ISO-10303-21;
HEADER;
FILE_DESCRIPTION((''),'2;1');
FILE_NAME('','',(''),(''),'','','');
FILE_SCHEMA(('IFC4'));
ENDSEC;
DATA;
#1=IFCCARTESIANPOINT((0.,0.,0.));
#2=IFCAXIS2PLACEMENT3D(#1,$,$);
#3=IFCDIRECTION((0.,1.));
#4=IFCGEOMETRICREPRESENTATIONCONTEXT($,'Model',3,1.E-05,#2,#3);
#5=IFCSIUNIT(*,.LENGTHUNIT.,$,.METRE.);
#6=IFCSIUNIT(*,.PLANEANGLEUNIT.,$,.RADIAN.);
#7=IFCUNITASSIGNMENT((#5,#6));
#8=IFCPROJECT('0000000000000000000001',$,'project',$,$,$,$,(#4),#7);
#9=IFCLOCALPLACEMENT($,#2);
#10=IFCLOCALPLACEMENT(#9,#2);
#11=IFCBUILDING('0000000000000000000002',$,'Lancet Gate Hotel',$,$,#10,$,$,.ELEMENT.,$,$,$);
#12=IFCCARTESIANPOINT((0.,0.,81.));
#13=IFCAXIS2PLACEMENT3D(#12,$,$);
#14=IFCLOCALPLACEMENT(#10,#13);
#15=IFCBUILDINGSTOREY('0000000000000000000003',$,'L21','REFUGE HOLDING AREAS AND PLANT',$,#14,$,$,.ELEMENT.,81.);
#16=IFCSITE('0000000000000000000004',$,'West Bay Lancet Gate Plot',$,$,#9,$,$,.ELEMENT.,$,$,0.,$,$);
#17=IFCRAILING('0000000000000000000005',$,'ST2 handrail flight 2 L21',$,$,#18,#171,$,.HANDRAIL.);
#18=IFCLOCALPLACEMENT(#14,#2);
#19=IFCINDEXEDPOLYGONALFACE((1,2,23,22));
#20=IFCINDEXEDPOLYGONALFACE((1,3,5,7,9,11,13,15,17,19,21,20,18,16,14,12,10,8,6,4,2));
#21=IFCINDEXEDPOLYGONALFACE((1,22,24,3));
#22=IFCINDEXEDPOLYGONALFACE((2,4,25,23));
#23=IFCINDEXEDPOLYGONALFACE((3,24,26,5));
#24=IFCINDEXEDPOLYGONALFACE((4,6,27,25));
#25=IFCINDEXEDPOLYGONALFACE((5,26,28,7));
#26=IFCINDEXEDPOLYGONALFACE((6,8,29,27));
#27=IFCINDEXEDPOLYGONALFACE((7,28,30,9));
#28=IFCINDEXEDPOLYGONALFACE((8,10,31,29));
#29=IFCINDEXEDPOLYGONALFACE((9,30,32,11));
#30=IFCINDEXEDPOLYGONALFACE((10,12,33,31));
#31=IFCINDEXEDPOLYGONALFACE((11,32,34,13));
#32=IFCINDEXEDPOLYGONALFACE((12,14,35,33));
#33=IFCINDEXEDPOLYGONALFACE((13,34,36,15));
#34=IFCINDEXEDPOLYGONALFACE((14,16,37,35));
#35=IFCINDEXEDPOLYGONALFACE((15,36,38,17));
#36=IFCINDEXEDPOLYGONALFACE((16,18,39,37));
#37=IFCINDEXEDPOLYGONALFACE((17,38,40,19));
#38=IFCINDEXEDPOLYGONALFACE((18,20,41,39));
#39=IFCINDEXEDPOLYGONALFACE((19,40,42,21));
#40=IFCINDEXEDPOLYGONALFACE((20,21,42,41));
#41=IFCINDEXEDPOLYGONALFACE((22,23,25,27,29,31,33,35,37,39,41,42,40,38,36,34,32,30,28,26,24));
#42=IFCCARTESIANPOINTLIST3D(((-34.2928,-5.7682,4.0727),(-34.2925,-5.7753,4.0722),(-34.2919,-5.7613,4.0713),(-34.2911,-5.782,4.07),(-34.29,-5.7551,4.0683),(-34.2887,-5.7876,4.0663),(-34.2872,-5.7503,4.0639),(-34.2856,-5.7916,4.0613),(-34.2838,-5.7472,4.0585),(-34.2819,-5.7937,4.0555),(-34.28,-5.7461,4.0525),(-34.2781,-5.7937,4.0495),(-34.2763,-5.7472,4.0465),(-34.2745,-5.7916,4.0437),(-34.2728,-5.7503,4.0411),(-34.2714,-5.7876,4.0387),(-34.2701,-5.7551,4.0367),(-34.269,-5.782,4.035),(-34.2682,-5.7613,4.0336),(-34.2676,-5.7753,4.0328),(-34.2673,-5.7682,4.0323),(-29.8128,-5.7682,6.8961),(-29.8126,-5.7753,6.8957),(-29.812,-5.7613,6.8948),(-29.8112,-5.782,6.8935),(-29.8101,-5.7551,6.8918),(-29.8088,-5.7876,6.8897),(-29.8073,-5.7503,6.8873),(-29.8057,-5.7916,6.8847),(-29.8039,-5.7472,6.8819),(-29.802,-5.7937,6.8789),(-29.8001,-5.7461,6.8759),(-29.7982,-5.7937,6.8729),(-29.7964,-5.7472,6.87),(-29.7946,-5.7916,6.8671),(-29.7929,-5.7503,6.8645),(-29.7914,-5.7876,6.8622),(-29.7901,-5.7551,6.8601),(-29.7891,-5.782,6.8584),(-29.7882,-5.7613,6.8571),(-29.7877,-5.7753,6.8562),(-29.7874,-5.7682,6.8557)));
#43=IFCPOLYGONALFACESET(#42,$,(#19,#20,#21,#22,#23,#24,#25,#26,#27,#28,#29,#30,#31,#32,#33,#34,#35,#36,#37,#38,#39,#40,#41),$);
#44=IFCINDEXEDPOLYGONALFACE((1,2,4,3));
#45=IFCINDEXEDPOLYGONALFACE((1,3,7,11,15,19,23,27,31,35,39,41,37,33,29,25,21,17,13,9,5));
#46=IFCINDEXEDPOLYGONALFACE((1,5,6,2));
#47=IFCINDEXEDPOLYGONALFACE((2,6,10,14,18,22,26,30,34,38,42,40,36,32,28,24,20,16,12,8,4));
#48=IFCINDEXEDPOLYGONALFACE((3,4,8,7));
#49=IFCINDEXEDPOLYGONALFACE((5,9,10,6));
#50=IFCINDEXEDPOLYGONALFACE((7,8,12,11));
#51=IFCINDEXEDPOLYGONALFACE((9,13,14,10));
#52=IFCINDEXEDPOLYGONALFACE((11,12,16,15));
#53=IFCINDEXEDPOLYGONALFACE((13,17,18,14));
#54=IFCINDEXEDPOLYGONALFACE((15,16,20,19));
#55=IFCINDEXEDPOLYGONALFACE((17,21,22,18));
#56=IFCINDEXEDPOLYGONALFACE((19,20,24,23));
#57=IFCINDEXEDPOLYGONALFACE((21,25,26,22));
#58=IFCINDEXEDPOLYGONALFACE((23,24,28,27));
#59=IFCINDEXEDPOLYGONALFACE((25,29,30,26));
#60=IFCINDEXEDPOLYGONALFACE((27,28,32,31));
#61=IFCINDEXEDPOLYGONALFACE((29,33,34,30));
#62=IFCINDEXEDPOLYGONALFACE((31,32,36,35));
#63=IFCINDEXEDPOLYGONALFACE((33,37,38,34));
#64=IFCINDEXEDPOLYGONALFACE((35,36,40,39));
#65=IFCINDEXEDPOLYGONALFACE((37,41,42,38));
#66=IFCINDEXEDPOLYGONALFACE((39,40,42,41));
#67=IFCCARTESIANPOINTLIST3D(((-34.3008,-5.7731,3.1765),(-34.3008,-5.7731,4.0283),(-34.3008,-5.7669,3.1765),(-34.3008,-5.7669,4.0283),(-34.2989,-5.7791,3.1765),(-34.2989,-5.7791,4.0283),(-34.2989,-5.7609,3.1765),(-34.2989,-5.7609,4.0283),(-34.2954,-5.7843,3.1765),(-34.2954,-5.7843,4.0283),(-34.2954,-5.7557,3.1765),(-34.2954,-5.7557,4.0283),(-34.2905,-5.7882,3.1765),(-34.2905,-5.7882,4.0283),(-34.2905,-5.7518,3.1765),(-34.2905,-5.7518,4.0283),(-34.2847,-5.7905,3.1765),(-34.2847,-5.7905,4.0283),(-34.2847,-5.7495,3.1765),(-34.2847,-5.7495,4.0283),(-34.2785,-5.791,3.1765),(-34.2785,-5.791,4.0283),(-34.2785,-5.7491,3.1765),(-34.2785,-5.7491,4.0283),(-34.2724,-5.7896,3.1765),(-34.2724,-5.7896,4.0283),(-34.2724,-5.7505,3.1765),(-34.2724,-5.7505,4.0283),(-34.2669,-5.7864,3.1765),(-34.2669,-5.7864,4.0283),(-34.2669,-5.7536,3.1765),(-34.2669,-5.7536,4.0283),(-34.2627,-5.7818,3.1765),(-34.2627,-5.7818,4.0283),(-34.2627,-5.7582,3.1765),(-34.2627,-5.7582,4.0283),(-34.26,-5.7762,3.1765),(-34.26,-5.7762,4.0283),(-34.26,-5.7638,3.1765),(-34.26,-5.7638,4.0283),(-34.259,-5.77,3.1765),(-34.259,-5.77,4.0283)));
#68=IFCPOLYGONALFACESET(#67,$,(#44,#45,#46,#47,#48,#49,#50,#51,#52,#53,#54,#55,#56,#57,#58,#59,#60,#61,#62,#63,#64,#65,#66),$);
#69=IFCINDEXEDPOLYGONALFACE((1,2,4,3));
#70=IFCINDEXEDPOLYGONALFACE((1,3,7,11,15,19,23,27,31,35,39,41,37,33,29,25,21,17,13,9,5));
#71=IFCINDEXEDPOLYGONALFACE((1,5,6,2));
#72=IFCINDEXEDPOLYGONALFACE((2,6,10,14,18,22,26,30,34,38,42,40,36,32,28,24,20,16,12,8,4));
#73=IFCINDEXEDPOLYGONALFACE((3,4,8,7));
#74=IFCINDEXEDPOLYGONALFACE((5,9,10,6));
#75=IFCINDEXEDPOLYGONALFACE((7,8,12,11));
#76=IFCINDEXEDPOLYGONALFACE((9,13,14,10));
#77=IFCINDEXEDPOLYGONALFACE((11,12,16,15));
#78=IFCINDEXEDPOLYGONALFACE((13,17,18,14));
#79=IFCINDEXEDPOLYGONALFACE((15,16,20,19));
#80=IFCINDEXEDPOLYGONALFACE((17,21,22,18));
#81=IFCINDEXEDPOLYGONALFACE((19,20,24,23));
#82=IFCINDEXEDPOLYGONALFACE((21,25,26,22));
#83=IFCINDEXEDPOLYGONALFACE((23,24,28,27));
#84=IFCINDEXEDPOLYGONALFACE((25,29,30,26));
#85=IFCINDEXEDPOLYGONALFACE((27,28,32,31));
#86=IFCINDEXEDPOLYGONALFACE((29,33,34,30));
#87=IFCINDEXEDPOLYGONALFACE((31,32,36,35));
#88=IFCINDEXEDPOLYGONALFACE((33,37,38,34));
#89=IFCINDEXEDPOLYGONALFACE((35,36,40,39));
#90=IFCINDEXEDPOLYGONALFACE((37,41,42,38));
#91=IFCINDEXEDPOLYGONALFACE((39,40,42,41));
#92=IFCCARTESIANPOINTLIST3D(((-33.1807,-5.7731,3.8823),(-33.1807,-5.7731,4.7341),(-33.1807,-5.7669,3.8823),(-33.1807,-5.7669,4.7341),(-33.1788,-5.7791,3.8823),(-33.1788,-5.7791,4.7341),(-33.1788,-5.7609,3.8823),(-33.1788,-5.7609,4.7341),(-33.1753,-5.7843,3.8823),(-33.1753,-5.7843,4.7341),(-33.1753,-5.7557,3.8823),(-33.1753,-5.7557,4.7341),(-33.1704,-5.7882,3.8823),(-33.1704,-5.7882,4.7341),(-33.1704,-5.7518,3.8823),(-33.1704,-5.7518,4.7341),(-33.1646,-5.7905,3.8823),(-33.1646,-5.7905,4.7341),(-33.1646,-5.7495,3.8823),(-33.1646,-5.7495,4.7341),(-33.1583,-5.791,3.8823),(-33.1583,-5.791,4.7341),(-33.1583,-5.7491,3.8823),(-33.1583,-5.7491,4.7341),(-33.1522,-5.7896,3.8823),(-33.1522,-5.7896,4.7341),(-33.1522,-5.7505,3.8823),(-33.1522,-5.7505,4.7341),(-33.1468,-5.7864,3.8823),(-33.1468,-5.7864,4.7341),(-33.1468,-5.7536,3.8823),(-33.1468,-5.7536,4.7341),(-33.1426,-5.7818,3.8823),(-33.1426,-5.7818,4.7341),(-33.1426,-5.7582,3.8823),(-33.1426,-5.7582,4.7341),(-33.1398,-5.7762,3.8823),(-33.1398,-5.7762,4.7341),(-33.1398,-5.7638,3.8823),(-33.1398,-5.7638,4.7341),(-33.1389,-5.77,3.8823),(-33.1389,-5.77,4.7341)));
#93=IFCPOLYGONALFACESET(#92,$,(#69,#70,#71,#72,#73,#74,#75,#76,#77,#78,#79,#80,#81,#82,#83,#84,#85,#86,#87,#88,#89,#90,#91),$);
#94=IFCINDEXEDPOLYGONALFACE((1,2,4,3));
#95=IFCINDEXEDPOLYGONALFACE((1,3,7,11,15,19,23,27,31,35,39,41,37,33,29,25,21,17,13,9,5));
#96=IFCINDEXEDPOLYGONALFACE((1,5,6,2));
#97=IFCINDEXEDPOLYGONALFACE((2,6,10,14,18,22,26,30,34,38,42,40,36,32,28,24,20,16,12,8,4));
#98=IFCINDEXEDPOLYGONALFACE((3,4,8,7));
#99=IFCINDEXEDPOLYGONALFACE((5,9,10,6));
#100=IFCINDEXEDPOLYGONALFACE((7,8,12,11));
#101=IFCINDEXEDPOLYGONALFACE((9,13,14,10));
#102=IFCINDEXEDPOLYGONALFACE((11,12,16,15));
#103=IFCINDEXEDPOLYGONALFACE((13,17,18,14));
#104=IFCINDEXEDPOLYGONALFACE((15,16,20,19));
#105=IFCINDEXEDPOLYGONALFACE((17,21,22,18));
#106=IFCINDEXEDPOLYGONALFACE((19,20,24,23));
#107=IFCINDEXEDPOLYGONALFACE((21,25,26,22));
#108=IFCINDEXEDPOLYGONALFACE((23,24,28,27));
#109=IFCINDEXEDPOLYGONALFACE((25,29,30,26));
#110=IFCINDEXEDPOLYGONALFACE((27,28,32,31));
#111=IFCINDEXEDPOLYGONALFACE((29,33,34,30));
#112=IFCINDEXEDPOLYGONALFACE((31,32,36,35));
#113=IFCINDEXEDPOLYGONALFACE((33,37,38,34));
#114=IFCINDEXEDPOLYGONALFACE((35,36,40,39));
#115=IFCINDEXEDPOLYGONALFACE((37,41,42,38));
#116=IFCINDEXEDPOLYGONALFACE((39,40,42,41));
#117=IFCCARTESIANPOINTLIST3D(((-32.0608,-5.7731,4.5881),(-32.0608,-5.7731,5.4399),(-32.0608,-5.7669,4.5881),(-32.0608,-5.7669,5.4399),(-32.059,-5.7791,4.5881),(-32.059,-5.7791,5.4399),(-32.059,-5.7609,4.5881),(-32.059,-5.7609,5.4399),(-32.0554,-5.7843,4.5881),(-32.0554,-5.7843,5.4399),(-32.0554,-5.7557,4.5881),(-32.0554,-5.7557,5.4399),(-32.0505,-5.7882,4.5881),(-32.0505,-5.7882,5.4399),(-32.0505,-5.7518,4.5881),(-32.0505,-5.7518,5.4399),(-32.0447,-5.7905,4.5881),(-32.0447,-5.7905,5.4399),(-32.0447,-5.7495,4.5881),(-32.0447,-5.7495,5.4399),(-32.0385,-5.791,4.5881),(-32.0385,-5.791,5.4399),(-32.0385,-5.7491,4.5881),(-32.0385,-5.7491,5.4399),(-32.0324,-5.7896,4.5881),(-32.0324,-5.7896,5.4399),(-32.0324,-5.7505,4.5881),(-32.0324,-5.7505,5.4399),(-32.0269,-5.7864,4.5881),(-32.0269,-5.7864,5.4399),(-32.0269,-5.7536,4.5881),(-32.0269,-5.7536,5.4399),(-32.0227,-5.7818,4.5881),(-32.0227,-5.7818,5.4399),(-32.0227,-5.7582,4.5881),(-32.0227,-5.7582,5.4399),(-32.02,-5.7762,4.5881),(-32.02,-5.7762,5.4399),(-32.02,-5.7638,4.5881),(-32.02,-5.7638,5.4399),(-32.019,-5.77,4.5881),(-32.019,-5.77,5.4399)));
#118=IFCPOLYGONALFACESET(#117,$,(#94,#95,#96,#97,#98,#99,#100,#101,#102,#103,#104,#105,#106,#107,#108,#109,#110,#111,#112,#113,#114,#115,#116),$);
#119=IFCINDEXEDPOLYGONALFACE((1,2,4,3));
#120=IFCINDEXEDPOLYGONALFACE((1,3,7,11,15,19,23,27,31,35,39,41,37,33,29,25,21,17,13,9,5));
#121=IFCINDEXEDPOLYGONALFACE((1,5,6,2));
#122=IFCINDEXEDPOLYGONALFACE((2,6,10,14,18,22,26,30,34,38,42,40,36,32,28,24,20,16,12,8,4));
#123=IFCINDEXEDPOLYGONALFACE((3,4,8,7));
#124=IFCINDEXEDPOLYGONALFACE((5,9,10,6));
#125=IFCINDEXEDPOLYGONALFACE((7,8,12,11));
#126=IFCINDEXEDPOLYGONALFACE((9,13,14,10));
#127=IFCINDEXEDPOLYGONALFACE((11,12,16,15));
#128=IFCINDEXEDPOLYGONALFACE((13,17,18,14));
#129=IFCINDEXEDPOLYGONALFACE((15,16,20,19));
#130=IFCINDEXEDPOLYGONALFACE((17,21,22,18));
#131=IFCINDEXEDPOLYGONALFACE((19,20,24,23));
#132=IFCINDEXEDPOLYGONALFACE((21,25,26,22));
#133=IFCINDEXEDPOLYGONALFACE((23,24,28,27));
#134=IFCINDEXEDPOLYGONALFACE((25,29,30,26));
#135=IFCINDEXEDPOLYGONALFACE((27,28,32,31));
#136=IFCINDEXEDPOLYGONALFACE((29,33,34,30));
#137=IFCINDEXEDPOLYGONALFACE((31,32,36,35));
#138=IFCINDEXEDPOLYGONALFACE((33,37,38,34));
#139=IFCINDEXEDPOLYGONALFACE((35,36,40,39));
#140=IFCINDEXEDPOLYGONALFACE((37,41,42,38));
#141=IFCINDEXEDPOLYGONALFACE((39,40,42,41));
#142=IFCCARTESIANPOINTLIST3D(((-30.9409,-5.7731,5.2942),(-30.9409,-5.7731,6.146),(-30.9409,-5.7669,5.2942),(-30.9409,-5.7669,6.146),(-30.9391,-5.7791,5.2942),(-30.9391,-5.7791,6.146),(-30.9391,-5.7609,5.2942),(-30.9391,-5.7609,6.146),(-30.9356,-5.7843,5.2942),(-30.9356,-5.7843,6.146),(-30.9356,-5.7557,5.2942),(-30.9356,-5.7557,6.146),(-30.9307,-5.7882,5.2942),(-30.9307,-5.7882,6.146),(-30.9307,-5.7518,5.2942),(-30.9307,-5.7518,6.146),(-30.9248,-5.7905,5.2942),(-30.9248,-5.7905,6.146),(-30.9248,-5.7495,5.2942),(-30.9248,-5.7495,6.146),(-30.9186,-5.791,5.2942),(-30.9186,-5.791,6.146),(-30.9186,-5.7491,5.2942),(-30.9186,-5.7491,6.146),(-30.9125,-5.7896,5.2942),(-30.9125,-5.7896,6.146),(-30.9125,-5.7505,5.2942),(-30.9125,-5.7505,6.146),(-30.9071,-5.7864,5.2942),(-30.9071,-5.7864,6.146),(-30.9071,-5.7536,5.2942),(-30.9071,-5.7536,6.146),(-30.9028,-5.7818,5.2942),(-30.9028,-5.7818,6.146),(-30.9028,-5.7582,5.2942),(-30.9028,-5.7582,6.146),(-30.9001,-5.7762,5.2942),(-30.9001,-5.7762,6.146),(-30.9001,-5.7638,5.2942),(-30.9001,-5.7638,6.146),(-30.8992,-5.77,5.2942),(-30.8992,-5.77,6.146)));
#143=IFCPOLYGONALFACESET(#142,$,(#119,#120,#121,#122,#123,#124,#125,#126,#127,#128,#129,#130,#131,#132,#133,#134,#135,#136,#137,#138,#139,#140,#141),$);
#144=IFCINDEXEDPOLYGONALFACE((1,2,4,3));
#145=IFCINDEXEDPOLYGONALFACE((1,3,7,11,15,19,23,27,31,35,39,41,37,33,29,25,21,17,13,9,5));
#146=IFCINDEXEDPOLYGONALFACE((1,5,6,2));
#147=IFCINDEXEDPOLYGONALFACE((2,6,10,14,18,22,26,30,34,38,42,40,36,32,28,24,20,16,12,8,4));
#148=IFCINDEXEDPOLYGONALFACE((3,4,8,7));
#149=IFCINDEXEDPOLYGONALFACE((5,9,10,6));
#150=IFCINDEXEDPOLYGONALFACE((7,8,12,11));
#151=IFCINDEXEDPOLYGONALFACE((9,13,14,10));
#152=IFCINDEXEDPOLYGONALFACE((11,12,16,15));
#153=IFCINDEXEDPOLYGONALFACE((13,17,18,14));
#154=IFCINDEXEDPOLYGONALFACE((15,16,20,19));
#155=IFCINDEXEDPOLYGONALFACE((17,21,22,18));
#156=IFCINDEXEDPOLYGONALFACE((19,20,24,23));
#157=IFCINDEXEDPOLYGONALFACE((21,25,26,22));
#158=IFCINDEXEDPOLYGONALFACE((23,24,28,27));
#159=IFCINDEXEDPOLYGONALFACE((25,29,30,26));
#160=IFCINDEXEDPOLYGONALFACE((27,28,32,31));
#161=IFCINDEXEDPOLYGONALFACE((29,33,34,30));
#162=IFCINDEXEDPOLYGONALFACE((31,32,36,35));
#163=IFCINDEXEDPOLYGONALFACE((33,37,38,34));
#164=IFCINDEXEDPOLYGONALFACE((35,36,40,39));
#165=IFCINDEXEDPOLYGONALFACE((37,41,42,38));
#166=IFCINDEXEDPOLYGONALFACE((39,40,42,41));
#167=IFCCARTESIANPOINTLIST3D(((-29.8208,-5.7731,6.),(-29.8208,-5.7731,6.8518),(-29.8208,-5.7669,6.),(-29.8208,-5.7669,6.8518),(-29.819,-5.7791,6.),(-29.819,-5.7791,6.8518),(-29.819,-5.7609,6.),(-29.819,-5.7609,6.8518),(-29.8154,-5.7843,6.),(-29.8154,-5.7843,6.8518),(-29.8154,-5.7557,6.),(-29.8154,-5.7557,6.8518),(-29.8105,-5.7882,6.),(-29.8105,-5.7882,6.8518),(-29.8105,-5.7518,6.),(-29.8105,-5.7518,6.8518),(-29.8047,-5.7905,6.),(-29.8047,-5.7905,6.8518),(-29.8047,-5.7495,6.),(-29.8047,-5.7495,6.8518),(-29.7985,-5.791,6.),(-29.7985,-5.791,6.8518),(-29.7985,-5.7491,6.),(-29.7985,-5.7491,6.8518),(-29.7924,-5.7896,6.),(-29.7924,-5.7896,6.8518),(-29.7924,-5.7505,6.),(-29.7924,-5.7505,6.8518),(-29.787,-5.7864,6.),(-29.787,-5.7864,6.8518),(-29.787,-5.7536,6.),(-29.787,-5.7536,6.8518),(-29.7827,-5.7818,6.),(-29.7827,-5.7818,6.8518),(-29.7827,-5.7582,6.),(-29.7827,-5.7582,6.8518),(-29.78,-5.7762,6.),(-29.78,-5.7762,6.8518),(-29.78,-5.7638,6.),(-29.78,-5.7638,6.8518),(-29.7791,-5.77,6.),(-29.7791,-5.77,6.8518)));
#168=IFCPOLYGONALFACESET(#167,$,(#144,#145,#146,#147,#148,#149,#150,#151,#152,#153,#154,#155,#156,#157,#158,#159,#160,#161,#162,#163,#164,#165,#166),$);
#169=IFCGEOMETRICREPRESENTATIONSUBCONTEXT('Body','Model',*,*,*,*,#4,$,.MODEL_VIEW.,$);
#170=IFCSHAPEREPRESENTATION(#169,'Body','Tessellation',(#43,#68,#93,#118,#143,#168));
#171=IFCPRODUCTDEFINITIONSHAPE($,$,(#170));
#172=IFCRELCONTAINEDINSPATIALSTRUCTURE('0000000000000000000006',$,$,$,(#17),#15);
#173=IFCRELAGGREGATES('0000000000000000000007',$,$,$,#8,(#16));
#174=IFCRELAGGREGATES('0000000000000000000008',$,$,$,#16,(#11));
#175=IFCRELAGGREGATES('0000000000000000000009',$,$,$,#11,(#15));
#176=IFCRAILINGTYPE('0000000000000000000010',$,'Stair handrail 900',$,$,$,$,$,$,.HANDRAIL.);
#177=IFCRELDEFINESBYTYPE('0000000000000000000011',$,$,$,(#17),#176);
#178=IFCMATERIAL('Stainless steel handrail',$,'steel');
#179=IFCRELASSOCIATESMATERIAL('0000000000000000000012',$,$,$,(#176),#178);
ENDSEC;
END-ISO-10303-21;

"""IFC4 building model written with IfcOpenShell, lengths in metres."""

from ifc_helpers import new_model, si_unit, direction, frame, origin, origin_2d, place, context, subcontext, project, spatial, circle, extrude, material, type_object, element, save


model = new_model("IFC4")

# Units and contexts
model_context = context("Model", 3, precision=1e-05, world=origin(), true_north=direction((0.0, 1.0)))
body_context = subcontext(model_context, "Body", "Model", "MODEL_VIEW")
ifc_project = project(units=[si_unit("LENGTHUNIT", "METRE"), si_unit("PLANEANGLEUNIT", "RADIAN")], contexts=[model_context])

# Site, building, storey
site_placement = place(None, origin())
site = spatial("IfcSite", under=ifc_project, at=site_placement, Name="West Bay Lancet Gate Plot", CompositionType="ELEMENT", RefElevation=0.0)
building_placement = place(site_placement, origin())
building = spatial("IfcBuilding", under=site, at=building_placement, Name="Lancet Gate Hotel", CompositionType="ELEMENT")
storey_placement = place(building_placement, frame((0.0, 0.0, 81.0)))
storey = spatial("IfcBuildingStorey", under=building, at=storey_placement, Name="L21", Description="REFUGE HOLDING AREAS AND PLANT", CompositionType="ELEMENT", Elevation=81.0)

# Railing
ifc_material_1 = material(Name="Stainless steel handrail", Category="steel")
railing_type = type_object("IfcRailingType", Name="Stair handrail 900", PredefinedType="HANDRAIL", material=ifc_material_1)
railing_1_placement = place(storey_placement, frame((-34.28, -5.77, 3.1765)))
element("IfcRailing", 1, at=railing_1_placement, inside=storey, type_object=railing_type, Name="ST2 handrail flight 2 L21", PredefinedType="HANDRAIL", context=body_context, shape_type="SweptSolid", body=[
    extrude(circle(Radius=0.0239, at=origin_2d()), frame((0.0, 0.0, 0.876), z_axis=(0.845998, 0.0, 0.533186), x_axis=(0.0, 1.0, 0.0)), (0.0, 0.0, 1.0), 5.2954),
    extrude(circle(Radius=0.021, at=origin_2d()), origin(), (0.0, 0.0, 1.0), 0.8518),
    extrude(circle(Radius=0.021, at=origin_2d()), frame((1.1201, 0.0, 0.7058)), (0.0, 0.0, 1.0), 0.8518),
    extrude(circle(Radius=0.021, at=origin_2d()), frame((2.24, 0.0, 1.4116)), (0.0, 0.0, 1.0), 0.8518),
    extrude(circle(Radius=0.021, at=origin_2d()), frame((3.3599, 0.0, 2.1177)), (0.0, 0.0, 1.0), 0.8518),
    extrude(circle(Radius=0.021, at=origin_2d()), frame((4.48, 0.0, 2.8235)), (0.0, 0.0, 1.0), 0.8518),
])

save(model, "model.ifc")
